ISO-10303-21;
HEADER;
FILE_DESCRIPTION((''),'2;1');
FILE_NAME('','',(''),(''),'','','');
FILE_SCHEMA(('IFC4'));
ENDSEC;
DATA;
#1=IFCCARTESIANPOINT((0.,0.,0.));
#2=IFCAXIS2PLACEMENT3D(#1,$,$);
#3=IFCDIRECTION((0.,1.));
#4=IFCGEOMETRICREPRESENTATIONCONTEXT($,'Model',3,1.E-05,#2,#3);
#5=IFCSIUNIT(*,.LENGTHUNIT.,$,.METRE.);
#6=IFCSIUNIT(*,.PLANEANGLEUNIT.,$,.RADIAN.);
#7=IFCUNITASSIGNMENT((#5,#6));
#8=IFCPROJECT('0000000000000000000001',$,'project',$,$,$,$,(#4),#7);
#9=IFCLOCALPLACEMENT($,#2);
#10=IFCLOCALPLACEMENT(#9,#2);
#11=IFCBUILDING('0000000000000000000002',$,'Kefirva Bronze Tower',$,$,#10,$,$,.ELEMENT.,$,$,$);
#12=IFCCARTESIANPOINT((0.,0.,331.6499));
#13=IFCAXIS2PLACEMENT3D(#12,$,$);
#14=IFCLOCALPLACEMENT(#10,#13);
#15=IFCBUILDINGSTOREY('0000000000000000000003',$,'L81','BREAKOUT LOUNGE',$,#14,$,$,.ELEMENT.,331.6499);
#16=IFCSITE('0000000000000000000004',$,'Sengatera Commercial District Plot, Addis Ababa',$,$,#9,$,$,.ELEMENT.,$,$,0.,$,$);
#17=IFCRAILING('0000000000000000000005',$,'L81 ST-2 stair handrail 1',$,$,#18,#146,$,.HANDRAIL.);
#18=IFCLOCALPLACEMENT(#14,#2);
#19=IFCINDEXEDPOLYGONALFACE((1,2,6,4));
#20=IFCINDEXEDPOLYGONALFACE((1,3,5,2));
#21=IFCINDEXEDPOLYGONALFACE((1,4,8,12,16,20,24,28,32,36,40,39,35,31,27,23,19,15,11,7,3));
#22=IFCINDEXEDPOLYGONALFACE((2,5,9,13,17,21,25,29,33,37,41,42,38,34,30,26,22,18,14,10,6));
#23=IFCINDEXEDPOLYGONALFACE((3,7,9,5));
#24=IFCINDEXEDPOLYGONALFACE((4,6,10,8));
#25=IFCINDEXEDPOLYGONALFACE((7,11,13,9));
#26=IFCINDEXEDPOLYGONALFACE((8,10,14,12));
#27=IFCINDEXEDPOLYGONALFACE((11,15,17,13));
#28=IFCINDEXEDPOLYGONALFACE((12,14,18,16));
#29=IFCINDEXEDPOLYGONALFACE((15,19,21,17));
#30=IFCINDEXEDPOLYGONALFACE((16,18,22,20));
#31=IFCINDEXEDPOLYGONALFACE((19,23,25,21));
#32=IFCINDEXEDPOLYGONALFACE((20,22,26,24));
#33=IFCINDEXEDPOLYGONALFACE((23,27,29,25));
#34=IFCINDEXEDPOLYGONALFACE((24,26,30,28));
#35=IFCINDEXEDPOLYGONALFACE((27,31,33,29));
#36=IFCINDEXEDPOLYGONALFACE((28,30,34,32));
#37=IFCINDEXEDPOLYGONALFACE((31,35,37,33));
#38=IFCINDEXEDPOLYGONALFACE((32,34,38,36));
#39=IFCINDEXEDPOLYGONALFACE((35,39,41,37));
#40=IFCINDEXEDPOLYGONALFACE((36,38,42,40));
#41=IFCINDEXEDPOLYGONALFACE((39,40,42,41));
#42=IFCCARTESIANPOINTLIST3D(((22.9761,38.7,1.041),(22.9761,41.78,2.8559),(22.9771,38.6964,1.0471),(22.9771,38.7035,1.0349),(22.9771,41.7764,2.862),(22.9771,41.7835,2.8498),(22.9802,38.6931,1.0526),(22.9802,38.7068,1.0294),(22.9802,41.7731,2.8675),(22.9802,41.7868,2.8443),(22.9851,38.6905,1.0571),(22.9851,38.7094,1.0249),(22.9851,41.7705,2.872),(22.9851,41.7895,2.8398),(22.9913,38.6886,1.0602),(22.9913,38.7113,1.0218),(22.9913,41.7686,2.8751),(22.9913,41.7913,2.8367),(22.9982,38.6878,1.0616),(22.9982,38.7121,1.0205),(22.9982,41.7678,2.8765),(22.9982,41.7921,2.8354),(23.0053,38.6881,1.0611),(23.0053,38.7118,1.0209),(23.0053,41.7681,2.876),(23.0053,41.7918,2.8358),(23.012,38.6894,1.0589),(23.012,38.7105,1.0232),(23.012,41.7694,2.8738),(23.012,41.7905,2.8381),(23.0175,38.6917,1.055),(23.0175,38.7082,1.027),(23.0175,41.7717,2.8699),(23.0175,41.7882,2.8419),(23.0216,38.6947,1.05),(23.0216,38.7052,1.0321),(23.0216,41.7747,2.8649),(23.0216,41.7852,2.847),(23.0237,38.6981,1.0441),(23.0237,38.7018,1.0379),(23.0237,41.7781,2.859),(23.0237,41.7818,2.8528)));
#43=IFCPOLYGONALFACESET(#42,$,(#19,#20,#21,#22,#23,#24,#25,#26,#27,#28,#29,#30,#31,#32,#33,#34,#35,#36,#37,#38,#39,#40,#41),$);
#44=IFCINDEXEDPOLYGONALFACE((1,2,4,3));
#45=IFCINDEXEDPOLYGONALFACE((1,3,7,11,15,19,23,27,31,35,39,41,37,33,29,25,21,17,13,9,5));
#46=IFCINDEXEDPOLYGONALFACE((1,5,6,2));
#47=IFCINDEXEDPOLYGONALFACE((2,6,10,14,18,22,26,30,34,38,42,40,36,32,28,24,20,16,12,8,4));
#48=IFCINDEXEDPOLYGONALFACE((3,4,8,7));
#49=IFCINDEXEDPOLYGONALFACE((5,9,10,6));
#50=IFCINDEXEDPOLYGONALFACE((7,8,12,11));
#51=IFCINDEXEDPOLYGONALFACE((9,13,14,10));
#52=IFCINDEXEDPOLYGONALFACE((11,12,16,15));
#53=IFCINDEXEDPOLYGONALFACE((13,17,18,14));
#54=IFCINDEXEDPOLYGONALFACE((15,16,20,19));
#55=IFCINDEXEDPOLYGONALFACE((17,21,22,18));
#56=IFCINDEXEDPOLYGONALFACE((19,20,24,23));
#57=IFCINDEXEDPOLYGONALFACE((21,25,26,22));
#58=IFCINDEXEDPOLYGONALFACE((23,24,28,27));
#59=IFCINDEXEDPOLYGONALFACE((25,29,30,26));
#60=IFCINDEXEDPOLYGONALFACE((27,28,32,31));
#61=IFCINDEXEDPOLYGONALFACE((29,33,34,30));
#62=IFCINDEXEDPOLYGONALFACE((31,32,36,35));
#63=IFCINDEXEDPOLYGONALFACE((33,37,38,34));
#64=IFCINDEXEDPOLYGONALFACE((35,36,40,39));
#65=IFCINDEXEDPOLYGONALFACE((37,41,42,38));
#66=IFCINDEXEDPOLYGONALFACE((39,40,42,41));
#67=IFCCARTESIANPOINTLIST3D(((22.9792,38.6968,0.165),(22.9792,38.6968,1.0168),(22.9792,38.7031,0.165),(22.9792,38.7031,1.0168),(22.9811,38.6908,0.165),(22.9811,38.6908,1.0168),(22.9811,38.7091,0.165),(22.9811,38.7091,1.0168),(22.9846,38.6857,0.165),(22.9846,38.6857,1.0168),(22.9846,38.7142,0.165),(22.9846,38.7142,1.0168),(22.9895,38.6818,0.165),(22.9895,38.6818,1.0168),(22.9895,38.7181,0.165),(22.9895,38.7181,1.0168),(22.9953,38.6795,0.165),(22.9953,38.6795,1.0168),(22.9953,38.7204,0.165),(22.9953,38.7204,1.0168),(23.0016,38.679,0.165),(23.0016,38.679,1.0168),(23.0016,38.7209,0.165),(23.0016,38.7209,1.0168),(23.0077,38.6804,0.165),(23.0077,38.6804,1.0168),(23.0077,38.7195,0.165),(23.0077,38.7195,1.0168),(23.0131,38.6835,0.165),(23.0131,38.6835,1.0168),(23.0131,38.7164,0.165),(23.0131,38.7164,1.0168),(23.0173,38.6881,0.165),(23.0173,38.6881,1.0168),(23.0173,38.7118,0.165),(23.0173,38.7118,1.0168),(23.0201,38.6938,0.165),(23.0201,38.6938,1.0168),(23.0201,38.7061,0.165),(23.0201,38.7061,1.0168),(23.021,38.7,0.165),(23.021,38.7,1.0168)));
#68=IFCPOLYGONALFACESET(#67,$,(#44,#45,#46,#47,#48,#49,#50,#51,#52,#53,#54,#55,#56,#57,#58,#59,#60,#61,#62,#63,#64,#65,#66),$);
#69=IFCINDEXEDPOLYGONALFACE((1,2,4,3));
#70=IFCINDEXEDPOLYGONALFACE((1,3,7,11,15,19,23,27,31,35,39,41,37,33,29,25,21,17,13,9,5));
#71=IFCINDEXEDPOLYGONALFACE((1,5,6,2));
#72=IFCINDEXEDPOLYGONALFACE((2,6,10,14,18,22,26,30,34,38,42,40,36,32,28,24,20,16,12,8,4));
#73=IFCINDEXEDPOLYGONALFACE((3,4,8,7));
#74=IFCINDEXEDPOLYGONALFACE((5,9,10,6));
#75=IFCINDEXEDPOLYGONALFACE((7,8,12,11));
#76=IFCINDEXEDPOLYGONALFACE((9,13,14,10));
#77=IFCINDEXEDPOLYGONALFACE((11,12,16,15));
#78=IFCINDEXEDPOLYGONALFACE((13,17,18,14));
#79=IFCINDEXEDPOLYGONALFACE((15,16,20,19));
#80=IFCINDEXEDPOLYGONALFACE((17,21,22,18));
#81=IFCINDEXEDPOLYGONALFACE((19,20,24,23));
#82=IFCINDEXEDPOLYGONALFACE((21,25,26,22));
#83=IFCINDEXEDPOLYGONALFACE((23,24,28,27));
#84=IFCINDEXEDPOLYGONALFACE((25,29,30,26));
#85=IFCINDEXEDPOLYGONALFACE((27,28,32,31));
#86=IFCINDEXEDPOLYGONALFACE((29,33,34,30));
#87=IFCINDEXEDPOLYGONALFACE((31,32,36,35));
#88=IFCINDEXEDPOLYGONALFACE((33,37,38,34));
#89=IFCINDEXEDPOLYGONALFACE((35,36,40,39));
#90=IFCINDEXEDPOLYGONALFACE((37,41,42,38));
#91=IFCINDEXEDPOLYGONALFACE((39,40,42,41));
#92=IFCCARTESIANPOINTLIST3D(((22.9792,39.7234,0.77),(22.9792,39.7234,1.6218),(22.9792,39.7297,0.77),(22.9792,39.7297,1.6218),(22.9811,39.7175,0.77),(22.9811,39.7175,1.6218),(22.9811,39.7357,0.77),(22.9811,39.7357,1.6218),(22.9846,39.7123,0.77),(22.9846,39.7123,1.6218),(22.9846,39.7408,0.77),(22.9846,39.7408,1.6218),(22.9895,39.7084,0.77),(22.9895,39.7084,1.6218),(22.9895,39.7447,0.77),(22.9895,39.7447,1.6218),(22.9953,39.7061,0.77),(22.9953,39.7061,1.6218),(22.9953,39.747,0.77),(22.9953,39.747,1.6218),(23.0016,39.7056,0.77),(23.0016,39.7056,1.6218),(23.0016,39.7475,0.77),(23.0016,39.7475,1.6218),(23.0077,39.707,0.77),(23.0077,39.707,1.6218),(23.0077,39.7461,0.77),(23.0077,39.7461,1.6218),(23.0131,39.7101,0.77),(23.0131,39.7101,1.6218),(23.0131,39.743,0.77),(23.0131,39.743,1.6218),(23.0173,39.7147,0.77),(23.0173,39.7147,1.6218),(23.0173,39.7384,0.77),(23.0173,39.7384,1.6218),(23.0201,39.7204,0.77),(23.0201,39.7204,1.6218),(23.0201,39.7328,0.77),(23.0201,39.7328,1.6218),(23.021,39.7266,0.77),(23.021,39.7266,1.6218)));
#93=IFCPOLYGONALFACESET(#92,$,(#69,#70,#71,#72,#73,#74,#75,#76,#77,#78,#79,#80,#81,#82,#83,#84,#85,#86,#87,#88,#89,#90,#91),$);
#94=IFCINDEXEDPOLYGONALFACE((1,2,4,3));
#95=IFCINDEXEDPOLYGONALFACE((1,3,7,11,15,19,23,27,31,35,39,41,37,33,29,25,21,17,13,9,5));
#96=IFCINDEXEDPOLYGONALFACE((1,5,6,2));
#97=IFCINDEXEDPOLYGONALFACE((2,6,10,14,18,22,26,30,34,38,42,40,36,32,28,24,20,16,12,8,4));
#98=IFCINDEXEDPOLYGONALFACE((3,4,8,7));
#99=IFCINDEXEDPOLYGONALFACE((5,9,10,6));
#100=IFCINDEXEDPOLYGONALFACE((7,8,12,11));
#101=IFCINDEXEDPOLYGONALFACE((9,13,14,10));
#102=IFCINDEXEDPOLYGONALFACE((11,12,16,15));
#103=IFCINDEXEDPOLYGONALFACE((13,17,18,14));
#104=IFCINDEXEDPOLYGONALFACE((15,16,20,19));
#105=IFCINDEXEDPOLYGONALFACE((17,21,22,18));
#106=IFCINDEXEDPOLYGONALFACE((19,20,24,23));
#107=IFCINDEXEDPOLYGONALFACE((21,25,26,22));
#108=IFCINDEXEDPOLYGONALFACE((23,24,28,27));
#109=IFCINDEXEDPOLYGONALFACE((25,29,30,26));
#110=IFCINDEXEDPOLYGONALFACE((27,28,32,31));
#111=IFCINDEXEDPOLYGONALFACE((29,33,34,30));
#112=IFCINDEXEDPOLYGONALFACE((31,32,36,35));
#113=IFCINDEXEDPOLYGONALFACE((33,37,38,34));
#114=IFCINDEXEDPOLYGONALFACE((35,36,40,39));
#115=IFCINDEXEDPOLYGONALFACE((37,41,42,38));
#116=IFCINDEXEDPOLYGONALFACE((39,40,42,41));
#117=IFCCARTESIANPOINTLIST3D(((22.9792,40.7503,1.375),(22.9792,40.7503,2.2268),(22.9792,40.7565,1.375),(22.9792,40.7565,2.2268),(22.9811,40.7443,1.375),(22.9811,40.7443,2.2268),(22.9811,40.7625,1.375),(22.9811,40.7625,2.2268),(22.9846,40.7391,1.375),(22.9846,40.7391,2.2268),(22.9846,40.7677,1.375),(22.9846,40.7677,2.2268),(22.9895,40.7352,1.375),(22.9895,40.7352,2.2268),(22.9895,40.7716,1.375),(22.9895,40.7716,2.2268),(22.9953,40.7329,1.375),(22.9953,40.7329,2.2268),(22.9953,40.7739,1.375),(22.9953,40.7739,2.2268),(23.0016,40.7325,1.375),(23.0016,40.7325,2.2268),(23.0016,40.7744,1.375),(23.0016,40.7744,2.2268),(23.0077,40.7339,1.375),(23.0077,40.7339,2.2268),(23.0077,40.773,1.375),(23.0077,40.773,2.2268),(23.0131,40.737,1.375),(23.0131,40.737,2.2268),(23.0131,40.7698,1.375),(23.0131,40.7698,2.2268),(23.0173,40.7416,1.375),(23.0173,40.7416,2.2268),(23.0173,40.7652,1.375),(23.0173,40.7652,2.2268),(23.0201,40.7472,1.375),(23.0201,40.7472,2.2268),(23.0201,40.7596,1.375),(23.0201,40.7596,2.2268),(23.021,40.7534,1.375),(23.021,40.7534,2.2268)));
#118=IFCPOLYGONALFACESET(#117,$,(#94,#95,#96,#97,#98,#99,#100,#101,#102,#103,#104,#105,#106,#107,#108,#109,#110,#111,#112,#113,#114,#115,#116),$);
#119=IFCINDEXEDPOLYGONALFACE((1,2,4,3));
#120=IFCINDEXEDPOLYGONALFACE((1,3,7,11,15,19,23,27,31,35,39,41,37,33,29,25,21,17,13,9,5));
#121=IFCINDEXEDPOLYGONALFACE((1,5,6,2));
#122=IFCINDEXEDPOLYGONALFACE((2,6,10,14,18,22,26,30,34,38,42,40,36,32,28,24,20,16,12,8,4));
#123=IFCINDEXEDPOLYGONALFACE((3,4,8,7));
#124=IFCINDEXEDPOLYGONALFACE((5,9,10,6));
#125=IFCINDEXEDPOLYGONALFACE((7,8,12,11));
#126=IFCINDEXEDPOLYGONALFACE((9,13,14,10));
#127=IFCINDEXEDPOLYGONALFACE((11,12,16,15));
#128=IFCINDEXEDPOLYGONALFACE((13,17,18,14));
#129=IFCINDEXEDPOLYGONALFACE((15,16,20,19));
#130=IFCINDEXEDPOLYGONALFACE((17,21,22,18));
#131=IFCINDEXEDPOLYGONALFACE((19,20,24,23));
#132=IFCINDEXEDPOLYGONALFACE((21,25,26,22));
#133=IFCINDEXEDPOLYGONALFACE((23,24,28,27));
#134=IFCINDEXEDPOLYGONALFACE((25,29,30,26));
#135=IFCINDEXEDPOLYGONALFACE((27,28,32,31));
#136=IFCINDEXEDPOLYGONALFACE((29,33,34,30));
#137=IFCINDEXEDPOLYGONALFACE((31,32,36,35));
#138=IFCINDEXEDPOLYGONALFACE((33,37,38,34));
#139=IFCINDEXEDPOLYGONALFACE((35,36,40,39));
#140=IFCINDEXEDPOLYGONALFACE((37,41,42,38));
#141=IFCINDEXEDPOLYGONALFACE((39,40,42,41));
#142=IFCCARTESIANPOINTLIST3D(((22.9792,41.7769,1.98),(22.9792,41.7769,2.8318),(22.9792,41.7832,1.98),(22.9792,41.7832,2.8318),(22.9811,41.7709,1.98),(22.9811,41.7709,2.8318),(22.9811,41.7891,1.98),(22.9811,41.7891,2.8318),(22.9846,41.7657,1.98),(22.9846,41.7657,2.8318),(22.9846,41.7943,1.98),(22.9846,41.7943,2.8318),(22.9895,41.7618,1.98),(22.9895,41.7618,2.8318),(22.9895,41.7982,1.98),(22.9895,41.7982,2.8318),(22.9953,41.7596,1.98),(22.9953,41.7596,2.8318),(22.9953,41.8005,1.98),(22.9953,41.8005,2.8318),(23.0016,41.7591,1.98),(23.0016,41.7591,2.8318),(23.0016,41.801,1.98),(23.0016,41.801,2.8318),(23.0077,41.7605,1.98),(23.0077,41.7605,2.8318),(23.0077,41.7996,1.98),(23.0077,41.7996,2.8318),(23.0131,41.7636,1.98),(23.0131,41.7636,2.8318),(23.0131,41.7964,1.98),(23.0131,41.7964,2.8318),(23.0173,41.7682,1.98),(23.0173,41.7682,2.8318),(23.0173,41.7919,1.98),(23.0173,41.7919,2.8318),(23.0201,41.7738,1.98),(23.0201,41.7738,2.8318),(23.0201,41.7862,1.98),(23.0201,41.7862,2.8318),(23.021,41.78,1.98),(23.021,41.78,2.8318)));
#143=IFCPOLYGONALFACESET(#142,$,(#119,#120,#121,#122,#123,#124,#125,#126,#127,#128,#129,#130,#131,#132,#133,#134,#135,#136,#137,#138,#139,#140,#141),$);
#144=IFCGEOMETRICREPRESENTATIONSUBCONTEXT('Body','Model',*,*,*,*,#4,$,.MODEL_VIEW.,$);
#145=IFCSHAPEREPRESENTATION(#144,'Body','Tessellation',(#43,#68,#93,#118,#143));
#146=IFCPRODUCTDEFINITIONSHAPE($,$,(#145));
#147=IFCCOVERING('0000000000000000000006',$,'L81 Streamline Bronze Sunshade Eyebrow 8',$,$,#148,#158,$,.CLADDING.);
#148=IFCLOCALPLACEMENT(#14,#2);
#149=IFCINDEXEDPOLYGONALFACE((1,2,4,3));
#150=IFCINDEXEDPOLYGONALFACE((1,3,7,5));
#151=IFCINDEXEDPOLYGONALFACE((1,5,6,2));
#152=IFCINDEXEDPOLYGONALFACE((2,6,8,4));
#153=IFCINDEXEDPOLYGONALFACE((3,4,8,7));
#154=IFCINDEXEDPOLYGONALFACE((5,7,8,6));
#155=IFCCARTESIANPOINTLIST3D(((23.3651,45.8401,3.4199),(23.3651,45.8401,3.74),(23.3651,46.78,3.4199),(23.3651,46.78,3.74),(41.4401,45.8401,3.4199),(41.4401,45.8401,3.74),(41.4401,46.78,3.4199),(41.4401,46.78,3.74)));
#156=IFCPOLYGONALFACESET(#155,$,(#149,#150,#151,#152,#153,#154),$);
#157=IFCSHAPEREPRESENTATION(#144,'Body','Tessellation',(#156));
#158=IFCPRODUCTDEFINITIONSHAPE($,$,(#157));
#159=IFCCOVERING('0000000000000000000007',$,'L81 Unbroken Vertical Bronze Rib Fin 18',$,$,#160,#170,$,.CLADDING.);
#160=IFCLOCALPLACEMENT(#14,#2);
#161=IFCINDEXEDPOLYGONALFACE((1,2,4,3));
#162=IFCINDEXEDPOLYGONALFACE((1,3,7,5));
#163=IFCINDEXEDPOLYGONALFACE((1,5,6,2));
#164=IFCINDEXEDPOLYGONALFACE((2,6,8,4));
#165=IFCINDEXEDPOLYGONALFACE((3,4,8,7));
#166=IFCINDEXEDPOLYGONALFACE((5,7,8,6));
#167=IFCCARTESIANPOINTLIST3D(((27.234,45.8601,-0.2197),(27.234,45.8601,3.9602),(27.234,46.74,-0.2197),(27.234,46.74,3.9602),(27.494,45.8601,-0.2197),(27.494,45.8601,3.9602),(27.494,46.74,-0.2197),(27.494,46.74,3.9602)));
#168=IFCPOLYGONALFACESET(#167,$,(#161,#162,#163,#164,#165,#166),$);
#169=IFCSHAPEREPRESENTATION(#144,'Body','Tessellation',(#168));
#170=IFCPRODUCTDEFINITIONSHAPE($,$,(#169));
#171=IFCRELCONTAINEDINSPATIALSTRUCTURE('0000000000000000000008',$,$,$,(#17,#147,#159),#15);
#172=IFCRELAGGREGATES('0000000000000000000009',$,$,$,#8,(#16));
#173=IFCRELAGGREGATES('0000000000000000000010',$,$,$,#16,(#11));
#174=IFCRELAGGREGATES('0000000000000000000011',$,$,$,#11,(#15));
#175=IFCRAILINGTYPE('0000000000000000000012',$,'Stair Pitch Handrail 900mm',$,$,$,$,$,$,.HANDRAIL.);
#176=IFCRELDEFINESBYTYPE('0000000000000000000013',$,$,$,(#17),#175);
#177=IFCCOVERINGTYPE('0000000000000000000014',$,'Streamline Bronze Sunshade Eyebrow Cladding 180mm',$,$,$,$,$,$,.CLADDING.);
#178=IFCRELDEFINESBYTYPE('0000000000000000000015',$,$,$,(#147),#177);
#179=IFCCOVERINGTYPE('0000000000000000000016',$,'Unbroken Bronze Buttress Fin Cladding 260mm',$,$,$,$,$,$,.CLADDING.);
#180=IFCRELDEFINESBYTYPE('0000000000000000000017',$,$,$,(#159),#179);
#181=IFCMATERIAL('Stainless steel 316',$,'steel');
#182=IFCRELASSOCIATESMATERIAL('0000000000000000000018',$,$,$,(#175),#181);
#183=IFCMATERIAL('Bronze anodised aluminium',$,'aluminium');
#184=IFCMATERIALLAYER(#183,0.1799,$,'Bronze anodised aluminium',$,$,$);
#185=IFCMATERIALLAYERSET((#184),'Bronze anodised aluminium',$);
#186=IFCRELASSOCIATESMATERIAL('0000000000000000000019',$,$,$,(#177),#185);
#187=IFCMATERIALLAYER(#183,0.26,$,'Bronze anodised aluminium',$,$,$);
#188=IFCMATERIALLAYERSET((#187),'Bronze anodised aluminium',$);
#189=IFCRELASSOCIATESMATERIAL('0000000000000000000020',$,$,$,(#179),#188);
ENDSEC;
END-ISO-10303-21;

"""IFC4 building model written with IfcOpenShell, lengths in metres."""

from ifc_helpers import new_model, si_unit, direction, frame, origin, origin_2d, place, context, subcontext, project, spatial, rectangle, circle, extrude, material, layer, layer_set, type_object, element, save


model = new_model("IFC4")

# Units and contexts
model_context = context("Model", 3, precision=1e-05, world=origin(), true_north=direction((0.0, 1.0)))
body_context = subcontext(model_context, "Body", "Model", "MODEL_VIEW")
ifc_project = project(units=[si_unit("LENGTHUNIT", "METRE"), si_unit("PLANEANGLEUNIT", "RADIAN")], contexts=[model_context])

# Site, building, storey
site_placement = place(None, origin())
site = spatial("IfcSite", under=ifc_project, at=site_placement, Name="Sengatera Commercial District Plot, Addis Ababa", CompositionType="ELEMENT", RefElevation=0.0)
building_placement = place(site_placement, origin())
building = spatial("IfcBuilding", under=site, at=building_placement, Name="Kefirva Bronze Tower", CompositionType="ELEMENT")
storey_placement = place(building_placement, frame((0.0, 0.0, 331.6499)))
storey = spatial("IfcBuildingStorey", under=building, at=storey_placement, Name="L81", Description="BREAKOUT LOUNGE", CompositionType="ELEMENT", Elevation=331.6499)

# Shared definitions
ifc_material_1 = material(Name="Bronze anodised aluminium", Category="aluminium")

# Railing
ifc_material_2 = material(Name="Stainless steel 316", Category="steel")
railing_type_1 = type_object("IfcRailingType", Name="Stair Pitch Handrail 900mm", PredefinedType="HANDRAIL", material=ifc_material_2)
railing_1_placement = place(storey_placement, frame((23.0, 38.7, 0.165)))
element("IfcRailing", 1, at=railing_1_placement, inside=storey, type_object=railing_type_1, Name="L81 ST-2 stair handrail 1", PredefinedType="HANDRAIL", context=body_context, shape_type="SweptSolid", body=[
    extrude(circle(Radius=0.0239, at=origin_2d()), frame((0.0, 0.0, 0.876), z_axis=(0.0, 0.861551, 0.507671), x_axis=(-1.0, 0.0, 0.0)), (0.0, 0.0, 1.0), 3.575),
    extrude(circle(Radius=0.021, at=origin_2d()), origin(), (0.0, 0.0, 1.0), 0.8518),
    extrude(circle(Radius=0.021, at=origin_2d()), frame((0.0, 1.0266, 0.605)), (0.0, 0.0, 1.0), 0.8518),
    extrude(circle(Radius=0.021, at=origin_2d()), frame((0.0, 2.0535, 1.21)), (0.0, 0.0, 1.0), 0.8518),
    extrude(circle(Radius=0.021, at=origin_2d()), frame((0.0, 3.0801, 1.8149)), (0.0, 0.0, 1.0), 0.8518),
])

# Coverings
ifc_layer_1 = layer(ifc_material_1, 0.1799, Name="Bronze anodised aluminium")
ifc_layer_set_1 = layer_set([ifc_layer_1], Name="Bronze anodised aluminium")
covering_type_1 = type_object("IfcCoveringType", Name="Streamline Bronze Sunshade Eyebrow Cladding 180mm", PredefinedType="CLADDING", material=ifc_layer_set_1)
covering_1_placement = place(storey_placement, frame((32.4026, 46.3101, 3.4199), z_axis=(0.0, 0.0, 1.0), x_axis=(-1.0, 0.0, 0.0)))
element("IfcCovering", 2, at=covering_1_placement, inside=storey, type_object=covering_type_1, Name="L81 Streamline Bronze Sunshade Eyebrow 8", PredefinedType="CLADDING", context=body_context, shape_type="SweptSolid", body=[
    extrude(rectangle(XDim=18.075, YDim=0.9399, at=origin_2d()), origin(), (0.0, 0.0, 1.0), 0.3201),
])
ifc_layer_2 = layer(ifc_material_1, 0.26, Name="Bronze anodised aluminium")
ifc_layer_set_2 = layer_set([ifc_layer_2], Name="Bronze anodised aluminium")
covering_type_2 = type_object("IfcCoveringType", Name="Unbroken Bronze Buttress Fin Cladding 260mm", PredefinedType="CLADDING", material=ifc_layer_set_2)
covering_2_placement = place(storey_placement, frame((27.364, 46.3, -0.2197), z_axis=(0.0, 0.0, 1.0), x_axis=(-1.0, 0.0, 0.0)))
element("IfcCovering", 3, at=covering_2_placement, inside=storey, type_object=covering_type_2, Name="L81 Unbroken Vertical Bronze Rib Fin 18", PredefinedType="CLADDING", context=body_context, shape_type="SweptSolid", body=[
    extrude(rectangle(XDim=0.26, YDim=0.8799, at=origin_2d()), origin(), (0.0, 0.0, 1.0), 4.1799),
])

save(model, "model.ifc")
